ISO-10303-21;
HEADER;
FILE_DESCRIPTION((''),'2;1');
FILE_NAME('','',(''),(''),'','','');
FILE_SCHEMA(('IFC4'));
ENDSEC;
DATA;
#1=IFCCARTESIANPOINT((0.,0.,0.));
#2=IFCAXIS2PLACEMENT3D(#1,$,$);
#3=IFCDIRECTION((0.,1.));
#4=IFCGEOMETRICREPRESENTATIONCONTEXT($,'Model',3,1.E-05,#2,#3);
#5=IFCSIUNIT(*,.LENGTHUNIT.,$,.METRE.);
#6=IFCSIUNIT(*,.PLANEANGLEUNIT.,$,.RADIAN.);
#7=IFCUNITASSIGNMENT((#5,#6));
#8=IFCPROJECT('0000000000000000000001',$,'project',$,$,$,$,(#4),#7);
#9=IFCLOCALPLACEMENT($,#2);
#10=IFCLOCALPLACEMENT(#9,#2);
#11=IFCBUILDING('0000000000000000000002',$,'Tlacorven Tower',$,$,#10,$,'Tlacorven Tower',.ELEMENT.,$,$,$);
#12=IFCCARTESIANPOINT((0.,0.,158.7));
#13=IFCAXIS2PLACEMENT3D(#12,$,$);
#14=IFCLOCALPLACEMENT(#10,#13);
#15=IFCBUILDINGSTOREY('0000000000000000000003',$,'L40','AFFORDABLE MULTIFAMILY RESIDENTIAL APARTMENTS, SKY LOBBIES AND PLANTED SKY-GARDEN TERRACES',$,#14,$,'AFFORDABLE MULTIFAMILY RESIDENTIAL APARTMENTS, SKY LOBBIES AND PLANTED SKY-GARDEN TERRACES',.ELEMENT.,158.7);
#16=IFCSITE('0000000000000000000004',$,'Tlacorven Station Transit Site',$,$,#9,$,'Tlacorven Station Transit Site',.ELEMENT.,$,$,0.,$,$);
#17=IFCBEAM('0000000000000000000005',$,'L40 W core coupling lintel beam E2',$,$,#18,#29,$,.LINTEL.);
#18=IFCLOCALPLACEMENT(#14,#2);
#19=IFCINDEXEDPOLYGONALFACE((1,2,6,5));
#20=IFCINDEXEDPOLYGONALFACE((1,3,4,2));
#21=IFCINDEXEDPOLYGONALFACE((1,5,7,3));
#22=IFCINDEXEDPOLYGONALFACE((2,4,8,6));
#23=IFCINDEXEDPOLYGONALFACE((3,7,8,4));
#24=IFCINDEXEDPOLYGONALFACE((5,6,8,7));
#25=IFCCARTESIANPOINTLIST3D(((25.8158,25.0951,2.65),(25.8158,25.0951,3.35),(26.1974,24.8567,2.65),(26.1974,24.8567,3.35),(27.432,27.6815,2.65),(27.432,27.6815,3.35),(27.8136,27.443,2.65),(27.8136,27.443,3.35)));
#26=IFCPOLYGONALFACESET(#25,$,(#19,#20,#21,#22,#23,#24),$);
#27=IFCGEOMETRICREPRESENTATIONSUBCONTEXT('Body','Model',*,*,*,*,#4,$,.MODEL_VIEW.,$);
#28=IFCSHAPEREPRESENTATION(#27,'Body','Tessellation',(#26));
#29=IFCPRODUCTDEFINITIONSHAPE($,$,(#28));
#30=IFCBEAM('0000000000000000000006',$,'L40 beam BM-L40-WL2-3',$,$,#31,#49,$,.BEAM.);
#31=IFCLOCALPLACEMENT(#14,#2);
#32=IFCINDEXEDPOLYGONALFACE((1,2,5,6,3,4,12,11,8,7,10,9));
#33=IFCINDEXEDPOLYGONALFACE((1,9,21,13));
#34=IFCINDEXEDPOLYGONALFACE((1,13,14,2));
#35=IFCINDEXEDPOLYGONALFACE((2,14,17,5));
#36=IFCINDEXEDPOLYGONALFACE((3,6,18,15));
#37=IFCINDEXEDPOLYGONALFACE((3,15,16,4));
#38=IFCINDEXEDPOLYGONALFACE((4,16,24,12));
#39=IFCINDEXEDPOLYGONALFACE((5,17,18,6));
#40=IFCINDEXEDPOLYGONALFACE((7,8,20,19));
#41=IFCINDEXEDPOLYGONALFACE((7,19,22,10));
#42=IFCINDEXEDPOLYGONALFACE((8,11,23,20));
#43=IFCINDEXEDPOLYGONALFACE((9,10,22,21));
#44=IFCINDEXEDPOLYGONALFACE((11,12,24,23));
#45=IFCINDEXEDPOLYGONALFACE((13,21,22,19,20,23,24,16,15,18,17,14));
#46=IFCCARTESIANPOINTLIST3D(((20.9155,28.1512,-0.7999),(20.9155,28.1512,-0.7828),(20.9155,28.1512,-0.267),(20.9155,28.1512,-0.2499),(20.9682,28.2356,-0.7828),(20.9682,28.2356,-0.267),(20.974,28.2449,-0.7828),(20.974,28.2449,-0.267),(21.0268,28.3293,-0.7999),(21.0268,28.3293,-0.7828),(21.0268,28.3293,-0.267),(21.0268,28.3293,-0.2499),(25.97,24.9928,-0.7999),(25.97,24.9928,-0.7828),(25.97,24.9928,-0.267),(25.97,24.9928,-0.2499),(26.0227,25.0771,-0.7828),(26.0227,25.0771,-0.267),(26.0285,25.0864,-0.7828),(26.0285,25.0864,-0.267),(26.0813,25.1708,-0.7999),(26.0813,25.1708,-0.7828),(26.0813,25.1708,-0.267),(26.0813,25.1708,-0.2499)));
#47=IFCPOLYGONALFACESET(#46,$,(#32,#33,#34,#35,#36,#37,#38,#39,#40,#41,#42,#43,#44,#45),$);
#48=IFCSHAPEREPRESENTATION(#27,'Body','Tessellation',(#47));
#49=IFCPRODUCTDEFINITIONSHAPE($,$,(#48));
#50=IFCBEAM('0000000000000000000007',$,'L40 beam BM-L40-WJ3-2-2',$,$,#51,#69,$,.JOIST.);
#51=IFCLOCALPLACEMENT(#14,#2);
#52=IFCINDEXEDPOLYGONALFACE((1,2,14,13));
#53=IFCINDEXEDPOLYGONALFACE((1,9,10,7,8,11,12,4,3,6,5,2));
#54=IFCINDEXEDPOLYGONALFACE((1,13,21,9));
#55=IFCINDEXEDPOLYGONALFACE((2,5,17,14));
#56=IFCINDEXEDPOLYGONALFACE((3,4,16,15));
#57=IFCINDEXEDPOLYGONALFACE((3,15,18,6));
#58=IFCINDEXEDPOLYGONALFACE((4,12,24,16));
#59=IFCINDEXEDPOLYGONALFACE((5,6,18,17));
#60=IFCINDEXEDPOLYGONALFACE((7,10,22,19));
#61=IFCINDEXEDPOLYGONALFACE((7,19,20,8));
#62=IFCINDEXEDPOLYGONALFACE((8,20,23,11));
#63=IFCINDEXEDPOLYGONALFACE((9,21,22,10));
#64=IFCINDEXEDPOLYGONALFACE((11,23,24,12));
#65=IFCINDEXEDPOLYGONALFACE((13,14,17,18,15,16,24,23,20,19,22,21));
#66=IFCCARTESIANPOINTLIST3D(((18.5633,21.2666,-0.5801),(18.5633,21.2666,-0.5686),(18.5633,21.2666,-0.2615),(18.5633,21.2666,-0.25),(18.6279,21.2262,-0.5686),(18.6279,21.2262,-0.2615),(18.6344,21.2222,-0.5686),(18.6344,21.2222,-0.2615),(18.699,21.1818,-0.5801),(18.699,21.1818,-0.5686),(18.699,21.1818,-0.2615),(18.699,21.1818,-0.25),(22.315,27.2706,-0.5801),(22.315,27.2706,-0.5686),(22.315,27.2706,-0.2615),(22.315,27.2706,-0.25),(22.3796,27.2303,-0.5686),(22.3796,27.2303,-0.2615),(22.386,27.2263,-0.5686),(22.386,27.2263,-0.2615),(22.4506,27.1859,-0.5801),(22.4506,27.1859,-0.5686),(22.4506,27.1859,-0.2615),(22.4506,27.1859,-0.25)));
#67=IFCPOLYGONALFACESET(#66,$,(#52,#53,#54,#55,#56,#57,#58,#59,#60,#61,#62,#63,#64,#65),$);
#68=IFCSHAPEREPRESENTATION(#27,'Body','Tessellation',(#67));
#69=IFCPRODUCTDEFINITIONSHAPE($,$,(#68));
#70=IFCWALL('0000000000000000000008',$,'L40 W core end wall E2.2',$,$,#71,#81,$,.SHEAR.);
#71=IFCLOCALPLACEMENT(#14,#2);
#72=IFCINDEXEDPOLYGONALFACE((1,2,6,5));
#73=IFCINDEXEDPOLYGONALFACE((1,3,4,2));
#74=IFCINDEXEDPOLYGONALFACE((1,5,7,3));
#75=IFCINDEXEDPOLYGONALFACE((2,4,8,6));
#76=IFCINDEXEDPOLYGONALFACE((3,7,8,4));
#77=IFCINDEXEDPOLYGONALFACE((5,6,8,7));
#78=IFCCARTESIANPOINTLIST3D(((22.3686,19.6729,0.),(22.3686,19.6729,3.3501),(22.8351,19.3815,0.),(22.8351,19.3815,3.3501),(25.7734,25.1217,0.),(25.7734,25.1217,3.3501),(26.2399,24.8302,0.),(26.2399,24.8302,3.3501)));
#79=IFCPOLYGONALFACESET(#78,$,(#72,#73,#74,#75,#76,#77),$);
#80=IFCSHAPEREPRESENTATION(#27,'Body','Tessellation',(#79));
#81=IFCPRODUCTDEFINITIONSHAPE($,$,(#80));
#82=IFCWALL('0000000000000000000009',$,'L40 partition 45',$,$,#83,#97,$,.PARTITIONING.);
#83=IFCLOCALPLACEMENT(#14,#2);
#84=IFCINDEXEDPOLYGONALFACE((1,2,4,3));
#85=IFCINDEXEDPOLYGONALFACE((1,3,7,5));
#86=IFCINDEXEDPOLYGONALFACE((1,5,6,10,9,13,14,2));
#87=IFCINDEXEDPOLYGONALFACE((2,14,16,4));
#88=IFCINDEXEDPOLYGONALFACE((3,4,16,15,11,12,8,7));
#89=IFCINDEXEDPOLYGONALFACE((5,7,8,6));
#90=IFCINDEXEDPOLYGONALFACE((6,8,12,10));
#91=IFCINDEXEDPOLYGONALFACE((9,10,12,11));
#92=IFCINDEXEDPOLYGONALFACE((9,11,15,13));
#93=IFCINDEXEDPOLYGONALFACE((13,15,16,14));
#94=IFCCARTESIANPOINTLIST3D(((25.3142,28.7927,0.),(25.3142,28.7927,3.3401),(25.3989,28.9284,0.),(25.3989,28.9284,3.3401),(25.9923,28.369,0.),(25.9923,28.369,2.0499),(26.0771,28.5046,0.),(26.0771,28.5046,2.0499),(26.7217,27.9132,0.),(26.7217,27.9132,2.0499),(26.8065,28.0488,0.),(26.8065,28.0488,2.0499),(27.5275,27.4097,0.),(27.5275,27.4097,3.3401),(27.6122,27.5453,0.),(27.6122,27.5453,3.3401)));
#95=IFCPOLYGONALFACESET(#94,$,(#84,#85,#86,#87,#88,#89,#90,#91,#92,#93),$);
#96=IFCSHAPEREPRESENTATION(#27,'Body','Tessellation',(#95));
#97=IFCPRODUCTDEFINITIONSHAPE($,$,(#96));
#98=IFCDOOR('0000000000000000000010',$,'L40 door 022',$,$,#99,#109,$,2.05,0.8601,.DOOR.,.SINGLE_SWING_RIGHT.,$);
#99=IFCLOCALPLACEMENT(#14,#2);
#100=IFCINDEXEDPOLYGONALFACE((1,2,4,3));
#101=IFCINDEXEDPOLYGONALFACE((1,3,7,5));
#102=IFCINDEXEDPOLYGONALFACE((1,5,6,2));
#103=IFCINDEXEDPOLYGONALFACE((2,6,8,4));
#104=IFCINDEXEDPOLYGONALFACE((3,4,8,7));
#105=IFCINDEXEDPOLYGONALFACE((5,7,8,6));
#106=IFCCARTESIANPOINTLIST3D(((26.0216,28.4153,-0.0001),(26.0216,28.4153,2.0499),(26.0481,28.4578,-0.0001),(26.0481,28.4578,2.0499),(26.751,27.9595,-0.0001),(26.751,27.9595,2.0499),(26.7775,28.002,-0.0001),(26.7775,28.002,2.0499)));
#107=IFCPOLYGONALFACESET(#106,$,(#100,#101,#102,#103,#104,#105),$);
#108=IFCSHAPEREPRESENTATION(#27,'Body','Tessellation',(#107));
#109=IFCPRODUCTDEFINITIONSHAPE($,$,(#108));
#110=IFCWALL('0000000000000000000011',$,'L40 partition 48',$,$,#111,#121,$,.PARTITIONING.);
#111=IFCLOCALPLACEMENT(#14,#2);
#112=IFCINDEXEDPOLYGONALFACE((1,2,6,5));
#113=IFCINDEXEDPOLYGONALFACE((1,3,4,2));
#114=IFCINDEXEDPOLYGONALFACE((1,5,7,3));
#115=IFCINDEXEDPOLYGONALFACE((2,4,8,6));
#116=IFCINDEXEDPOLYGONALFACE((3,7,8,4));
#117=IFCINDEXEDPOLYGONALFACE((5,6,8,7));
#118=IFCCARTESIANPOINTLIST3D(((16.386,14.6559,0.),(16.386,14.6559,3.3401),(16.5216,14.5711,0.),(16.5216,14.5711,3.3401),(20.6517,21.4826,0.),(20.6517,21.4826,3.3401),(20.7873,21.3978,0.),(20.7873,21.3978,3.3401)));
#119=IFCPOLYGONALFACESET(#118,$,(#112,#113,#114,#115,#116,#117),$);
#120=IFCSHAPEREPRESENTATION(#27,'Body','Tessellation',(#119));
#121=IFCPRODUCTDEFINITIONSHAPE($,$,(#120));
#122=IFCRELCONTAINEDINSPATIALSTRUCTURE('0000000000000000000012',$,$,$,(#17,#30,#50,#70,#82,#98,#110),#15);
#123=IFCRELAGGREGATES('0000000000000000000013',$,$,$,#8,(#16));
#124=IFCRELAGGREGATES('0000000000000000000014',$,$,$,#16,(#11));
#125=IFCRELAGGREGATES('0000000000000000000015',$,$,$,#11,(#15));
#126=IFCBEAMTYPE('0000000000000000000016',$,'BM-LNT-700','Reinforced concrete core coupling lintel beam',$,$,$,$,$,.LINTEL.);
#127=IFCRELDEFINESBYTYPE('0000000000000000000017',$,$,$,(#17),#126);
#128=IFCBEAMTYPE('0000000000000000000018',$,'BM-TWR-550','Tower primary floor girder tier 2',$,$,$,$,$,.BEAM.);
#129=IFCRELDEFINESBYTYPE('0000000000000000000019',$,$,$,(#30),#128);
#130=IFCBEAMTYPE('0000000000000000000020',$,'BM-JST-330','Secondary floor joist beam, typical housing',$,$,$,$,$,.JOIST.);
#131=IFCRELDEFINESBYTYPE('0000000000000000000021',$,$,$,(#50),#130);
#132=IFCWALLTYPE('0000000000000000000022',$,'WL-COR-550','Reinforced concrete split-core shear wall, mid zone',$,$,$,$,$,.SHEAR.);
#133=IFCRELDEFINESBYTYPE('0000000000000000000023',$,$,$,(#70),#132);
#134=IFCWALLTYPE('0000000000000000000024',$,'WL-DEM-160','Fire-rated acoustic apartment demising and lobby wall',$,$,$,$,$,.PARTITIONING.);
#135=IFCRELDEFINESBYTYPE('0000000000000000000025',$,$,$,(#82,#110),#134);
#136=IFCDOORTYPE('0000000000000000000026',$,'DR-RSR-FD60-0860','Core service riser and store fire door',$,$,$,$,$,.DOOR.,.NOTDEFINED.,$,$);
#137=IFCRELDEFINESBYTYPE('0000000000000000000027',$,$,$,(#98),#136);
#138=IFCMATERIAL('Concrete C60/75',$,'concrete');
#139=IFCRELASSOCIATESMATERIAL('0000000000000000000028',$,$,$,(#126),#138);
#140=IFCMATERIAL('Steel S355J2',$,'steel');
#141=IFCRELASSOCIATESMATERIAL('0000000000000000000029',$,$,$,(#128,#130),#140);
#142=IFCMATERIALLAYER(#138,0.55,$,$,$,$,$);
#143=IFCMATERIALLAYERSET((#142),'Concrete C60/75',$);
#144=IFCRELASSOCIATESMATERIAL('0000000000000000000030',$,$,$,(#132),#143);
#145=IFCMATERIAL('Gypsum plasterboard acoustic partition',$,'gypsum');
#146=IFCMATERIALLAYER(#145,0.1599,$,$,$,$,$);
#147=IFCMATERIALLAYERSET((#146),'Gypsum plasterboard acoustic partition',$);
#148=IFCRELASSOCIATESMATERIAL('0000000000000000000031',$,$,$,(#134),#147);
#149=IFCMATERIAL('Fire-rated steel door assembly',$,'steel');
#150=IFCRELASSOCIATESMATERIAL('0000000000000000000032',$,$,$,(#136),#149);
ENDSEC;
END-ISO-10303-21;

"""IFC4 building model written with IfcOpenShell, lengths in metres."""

from ifc_helpers import new_model, si_unit, direction, frame, frame_2d, origin, origin_2d, place, context, subcontext, project, spatial, rectangle, i_section, extrude, source, transform, mapped, material, layer, layer_set, material_profile, profile_set, type_object, element, fill, save


model = new_model("IFC4")

# Units and contexts
model_context = context("Model", 3, precision=1e-05, world=origin(), true_north=direction((0.0, 1.0)))
body_context = subcontext(model_context, "Body", "Model", "MODEL_VIEW")
ifc_project = project(units=[si_unit("LENGTHUNIT", "METRE"), si_unit("PLANEANGLEUNIT", "RADIAN")], contexts=[model_context])

# Site, building, storey
site_placement = place(None, origin())
site = spatial("IfcSite", under=ifc_project, at=site_placement, Name="Tlacorven Station Transit Site", LongName="Tlacorven Station Transit Site", CompositionType="ELEMENT", RefElevation=0.0)
building_placement = place(site_placement, origin())
building = spatial("IfcBuilding", under=site, at=building_placement, Name="Tlacorven Tower", LongName="Tlacorven Tower", CompositionType="ELEMENT")
storey_placement = place(building_placement, frame((0.0, 0.0, 158.7)))
storey = spatial("IfcBuildingStorey", under=building, at=storey_placement, Name="L40", Description="AFFORDABLE MULTIFAMILY RESIDENTIAL APARTMENTS, SKY LOBBIES AND PLANTED SKY-GARDEN TERRACES", LongName="AFFORDABLE MULTIFAMILY RESIDENTIAL APARTMENTS, SKY LOBBIES AND PLANTED SKY-GARDEN TERRACES", CompositionType="ELEMENT", Elevation=158.7)

# Beams
ifc_material_1 = material(Name="Concrete C60/75", Category="concrete")
ifc_material_profile_1 = material_profile(ifc_material_1, rectangle(XDim=0.45, YDim=0.7, at=origin_2d()), Name="RC 450X700")
ifc_profile_set_1 = profile_set([ifc_material_profile_1], Name="Concrete C60/75")
beam_type_1 = type_object("IfcBeamType", Name="BM-LNT-700", Description="Reinforced concrete core coupling lintel beam", PredefinedType="LINTEL", material=ifc_profile_set_1)
shared_shape_1 = source(origin(), body_context, "Body", "SweptSolid", [
    extrude(rectangle(XDim=0.45, YDim=0.7, at=origin_2d()), origin(), (0.0, 0.0, 1.0), 3.0498),
])
beam_1_placement = place(storey_placement, frame((27.6228, 27.5623, 3.0), z_axis=(-0.529927, -0.848043, 0.0), x_axis=(0.848043, -0.529927, 0.0)))
element("IfcBeam", 1, at=beam_1_placement, inside=storey, type_object=beam_type_1, Name="L40 W core coupling lintel beam E2", PredefinedType="LINTEL", context=body_context, shape_type="MappedRepresentation", body=[
    mapped(shared_shape_1, transform((0.0, 0.0, 0.0), scale=1.0)),
])
ifc_material_2 = material(Name="Steel S355J2", Category="steel")
ifc_material_profile_2 = material_profile(ifc_material_2, i_section(OverallWidth=0.21, OverallDepth=0.55, WebThickness=0.011, FlangeThickness=0.0171, at=origin_2d()), Name="IPE 550")
ifc_profile_set_2 = profile_set([ifc_material_profile_2], Name="Steel S355J2")
beam_type_2 = type_object("IfcBeamType", Name="BM-TWR-550", Description="Tower primary floor girder tier 2", PredefinedType="BEAM", material=ifc_profile_set_2)
shared_shape_2 = source(origin(), body_context, "Body", "SweptSolid", [
    extrude(i_section(OverallWidth=0.21, OverallDepth=0.55, WebThickness=0.011, FlangeThickness=0.0171, at=origin_2d()), origin(), (0.0, 0.0, 1.0), 5.9602),
])
beam_2_placement = place(storey_placement, frame((26.0256, 25.0818, -0.5249), z_axis=(-0.848042, 0.529929, 0.0), x_axis=(-0.529929, -0.848042, 0.0)))
element("IfcBeam", 2, at=beam_2_placement, inside=storey, type_object=beam_type_2, Name="L40 beam BM-L40-WL2-3", PredefinedType="BEAM", context=body_context, shape_type="MappedRepresentation", body=[
    mapped(shared_shape_2, transform((0.0, 0.0, 0.0), scale=1.0)),
])
ifc_material_profile_3 = material_profile(ifc_material_2, i_section(OverallWidth=0.1599, OverallDepth=0.3301, WebThickness=0.0076, FlangeThickness=0.0115, at=origin_2d()), Name="IPE 330")
ifc_profile_set_3 = profile_set([ifc_material_profile_3], Name="Steel S355J2")
beam_type_3 = type_object("IfcBeamType", Name="BM-JST-330", Description="Secondary floor joist beam, typical housing", PredefinedType="JOIST", material=ifc_profile_set_3)
shared_shape_3 = source(origin(), body_context, "Body", "SweptSolid", [
    extrude(i_section(OverallWidth=0.1599, OverallDepth=0.3301, WebThickness=0.0076, FlangeThickness=0.0115, at=origin_2d()), origin(), (0.0, 0.0, 1.0), 7.0798),
])
beam_3_placement = place(storey_placement, frame((22.3828, 27.2283, -0.415), z_axis=(-0.529909, -0.848054, 0.0), x_axis=(0.848054, -0.529909, 0.0)))
element("IfcBeam", 3, at=beam_3_placement, inside=storey, type_object=beam_type_3, Name="L40 beam BM-L40-WJ3-2-2", PredefinedType="JOIST", context=body_context, shape_type="MappedRepresentation", body=[
    mapped(shared_shape_3, transform((0.0, 0.0, 0.0), scale=1.0)),
])

# Wall
ifc_layer_1 = layer(ifc_material_1, 0.55)
ifc_layer_set_1 = layer_set([ifc_layer_1], Name="Concrete C60/75")
wall_type_1 = type_object("IfcWallType", Name="WL-COR-550", Description="Reinforced concrete split-core shear wall, mid zone", PredefinedType="SHEAR", material=ifc_layer_set_1)
wall_1_placement = place(storey_placement, frame((26.0066, 24.9758, 0.0), z_axis=(0.0, 0.0, 1.0), x_axis=(-0.529924, -0.848045, 0.0)))
element("IfcWall", 4, at=wall_1_placement, inside=storey, type_object=wall_type_1, Name="L40 W core end wall E2.2", PredefinedType="SHEAR", context=body_context, shape_type="SweptSolid", body=[
    extrude(rectangle(XDim=6.425, YDim=0.55, at=frame_2d((3.2124, 0.0))), origin(), (0.0, 0.0, 1.0), 3.3501),
])

# Wall, opening, door
ifc_material_3 = material(Name="Gypsum plasterboard acoustic partition", Category="gypsum")
ifc_layer_2 = layer(ifc_material_3, 0.1599)
ifc_layer_set_2 = layer_set([ifc_layer_2], Name="Gypsum plasterboard acoustic partition")
wall_type_2 = type_object("IfcWallType", Name="WL-DEM-160", Description="Fire-rated acoustic apartment demising and lobby wall", PredefinedType="PARTITIONING", material=ifc_layer_set_2)
wall_2_placement = place(storey_placement, frame((27.5698, 27.4775, 0.0), z_axis=(0.0, 0.0, 1.0), x_axis=(-0.848051, 0.529915, 0.0)))
wall_2 = element("IfcWall", 5, at=wall_2_placement, inside=storey, type_object=wall_type_2, Name="L40 partition 45", PredefinedType="PARTITIONING", context=body_context, shape_type="SweptSolid", body=[
    extrude(rectangle(XDim=2.6099, YDim=0.1599, at=frame_2d((1.3049, 0.0))), origin(), (0.0, 0.0, 1.0), 3.3401),
])
opening_1_placement = place(wall_2_placement, frame((0.95, 0.0, 0.0)))
opening_1 = element("IfcOpeningElement", 6, at=opening_1_placement, cuts=wall_2, PredefinedType="OPENING", context=body_context, shape_type="SweptSolid", body=[
    extrude(rectangle(XDim=0.8601, YDim=2.05, at=frame_2d((0.4302, 1.0249))), frame((0.0, 0.0898, 0.0), z_axis=(0.0, -1.0, 0.0), x_axis=(1.0, 0.0, 0.0)), (0.0, 0.0, 1.0), 0.1799),
])
ifc_material_4 = material(Name="Fire-rated steel door assembly", Category="steel")
door_type_1 = type_object("IfcDoorType", Name="DR-RSR-FD60-0860", Description="Core service riser and store fire door", OperationType="NOTDEFINED", PredefinedType="DOOR", material=ifc_material_4)
shared_shape_4 = source(origin(), body_context, "Body", "SweptSolid", [
    extrude(rectangle(XDim=0.8601, YDim=2.05, at=frame_2d((0.4302, 1.0249))), frame((0.0, 0.0249, 0.0), z_axis=(0.0, -1.0, 0.0), x_axis=(1.0, 0.0, 0.0)), (0.0, 0.0, 1.0), 0.05),
])
door_1_placement = place(opening_1_placement, frame((0.8601, 0.0, 0.0), z_axis=(0.0, 0.0, 1.0), x_axis=(-1.0, 0.0, 0.0)))
door_1 = element("IfcDoor", 7, at=door_1_placement, inside=storey, type_object=door_type_1, Name="L40 door 022", OperationType="SINGLE_SWING_RIGHT", OverallHeight=2.05, OverallWidth=0.8601, PredefinedType="DOOR", context=body_context, shape_type="MappedRepresentation", body=[
    mapped(shared_shape_4, transform((0.0, 0.0, 0.0), scale=1.0)),
])
fill(opening_1, door_1)

# Wall
wall_3_placement = place(storey_placement, frame((20.7195, 21.4402, 0.0), z_axis=(0.0, 0.0, 1.0), x_axis=(-0.529906, -0.848056, 0.0)))
element("IfcWall", 8, at=wall_3_placement, inside=storey, type_object=wall_type_2, Name="L40 partition 48", PredefinedType="PARTITIONING", context=body_context, shape_type="SweptSolid", body=[
    extrude(rectangle(XDim=8.0498, YDim=0.1599, at=frame_2d((4.0249, 0.0))), origin(), (0.0, 0.0, 1.0), 3.3401),
])

save(model, "model.ifc")
